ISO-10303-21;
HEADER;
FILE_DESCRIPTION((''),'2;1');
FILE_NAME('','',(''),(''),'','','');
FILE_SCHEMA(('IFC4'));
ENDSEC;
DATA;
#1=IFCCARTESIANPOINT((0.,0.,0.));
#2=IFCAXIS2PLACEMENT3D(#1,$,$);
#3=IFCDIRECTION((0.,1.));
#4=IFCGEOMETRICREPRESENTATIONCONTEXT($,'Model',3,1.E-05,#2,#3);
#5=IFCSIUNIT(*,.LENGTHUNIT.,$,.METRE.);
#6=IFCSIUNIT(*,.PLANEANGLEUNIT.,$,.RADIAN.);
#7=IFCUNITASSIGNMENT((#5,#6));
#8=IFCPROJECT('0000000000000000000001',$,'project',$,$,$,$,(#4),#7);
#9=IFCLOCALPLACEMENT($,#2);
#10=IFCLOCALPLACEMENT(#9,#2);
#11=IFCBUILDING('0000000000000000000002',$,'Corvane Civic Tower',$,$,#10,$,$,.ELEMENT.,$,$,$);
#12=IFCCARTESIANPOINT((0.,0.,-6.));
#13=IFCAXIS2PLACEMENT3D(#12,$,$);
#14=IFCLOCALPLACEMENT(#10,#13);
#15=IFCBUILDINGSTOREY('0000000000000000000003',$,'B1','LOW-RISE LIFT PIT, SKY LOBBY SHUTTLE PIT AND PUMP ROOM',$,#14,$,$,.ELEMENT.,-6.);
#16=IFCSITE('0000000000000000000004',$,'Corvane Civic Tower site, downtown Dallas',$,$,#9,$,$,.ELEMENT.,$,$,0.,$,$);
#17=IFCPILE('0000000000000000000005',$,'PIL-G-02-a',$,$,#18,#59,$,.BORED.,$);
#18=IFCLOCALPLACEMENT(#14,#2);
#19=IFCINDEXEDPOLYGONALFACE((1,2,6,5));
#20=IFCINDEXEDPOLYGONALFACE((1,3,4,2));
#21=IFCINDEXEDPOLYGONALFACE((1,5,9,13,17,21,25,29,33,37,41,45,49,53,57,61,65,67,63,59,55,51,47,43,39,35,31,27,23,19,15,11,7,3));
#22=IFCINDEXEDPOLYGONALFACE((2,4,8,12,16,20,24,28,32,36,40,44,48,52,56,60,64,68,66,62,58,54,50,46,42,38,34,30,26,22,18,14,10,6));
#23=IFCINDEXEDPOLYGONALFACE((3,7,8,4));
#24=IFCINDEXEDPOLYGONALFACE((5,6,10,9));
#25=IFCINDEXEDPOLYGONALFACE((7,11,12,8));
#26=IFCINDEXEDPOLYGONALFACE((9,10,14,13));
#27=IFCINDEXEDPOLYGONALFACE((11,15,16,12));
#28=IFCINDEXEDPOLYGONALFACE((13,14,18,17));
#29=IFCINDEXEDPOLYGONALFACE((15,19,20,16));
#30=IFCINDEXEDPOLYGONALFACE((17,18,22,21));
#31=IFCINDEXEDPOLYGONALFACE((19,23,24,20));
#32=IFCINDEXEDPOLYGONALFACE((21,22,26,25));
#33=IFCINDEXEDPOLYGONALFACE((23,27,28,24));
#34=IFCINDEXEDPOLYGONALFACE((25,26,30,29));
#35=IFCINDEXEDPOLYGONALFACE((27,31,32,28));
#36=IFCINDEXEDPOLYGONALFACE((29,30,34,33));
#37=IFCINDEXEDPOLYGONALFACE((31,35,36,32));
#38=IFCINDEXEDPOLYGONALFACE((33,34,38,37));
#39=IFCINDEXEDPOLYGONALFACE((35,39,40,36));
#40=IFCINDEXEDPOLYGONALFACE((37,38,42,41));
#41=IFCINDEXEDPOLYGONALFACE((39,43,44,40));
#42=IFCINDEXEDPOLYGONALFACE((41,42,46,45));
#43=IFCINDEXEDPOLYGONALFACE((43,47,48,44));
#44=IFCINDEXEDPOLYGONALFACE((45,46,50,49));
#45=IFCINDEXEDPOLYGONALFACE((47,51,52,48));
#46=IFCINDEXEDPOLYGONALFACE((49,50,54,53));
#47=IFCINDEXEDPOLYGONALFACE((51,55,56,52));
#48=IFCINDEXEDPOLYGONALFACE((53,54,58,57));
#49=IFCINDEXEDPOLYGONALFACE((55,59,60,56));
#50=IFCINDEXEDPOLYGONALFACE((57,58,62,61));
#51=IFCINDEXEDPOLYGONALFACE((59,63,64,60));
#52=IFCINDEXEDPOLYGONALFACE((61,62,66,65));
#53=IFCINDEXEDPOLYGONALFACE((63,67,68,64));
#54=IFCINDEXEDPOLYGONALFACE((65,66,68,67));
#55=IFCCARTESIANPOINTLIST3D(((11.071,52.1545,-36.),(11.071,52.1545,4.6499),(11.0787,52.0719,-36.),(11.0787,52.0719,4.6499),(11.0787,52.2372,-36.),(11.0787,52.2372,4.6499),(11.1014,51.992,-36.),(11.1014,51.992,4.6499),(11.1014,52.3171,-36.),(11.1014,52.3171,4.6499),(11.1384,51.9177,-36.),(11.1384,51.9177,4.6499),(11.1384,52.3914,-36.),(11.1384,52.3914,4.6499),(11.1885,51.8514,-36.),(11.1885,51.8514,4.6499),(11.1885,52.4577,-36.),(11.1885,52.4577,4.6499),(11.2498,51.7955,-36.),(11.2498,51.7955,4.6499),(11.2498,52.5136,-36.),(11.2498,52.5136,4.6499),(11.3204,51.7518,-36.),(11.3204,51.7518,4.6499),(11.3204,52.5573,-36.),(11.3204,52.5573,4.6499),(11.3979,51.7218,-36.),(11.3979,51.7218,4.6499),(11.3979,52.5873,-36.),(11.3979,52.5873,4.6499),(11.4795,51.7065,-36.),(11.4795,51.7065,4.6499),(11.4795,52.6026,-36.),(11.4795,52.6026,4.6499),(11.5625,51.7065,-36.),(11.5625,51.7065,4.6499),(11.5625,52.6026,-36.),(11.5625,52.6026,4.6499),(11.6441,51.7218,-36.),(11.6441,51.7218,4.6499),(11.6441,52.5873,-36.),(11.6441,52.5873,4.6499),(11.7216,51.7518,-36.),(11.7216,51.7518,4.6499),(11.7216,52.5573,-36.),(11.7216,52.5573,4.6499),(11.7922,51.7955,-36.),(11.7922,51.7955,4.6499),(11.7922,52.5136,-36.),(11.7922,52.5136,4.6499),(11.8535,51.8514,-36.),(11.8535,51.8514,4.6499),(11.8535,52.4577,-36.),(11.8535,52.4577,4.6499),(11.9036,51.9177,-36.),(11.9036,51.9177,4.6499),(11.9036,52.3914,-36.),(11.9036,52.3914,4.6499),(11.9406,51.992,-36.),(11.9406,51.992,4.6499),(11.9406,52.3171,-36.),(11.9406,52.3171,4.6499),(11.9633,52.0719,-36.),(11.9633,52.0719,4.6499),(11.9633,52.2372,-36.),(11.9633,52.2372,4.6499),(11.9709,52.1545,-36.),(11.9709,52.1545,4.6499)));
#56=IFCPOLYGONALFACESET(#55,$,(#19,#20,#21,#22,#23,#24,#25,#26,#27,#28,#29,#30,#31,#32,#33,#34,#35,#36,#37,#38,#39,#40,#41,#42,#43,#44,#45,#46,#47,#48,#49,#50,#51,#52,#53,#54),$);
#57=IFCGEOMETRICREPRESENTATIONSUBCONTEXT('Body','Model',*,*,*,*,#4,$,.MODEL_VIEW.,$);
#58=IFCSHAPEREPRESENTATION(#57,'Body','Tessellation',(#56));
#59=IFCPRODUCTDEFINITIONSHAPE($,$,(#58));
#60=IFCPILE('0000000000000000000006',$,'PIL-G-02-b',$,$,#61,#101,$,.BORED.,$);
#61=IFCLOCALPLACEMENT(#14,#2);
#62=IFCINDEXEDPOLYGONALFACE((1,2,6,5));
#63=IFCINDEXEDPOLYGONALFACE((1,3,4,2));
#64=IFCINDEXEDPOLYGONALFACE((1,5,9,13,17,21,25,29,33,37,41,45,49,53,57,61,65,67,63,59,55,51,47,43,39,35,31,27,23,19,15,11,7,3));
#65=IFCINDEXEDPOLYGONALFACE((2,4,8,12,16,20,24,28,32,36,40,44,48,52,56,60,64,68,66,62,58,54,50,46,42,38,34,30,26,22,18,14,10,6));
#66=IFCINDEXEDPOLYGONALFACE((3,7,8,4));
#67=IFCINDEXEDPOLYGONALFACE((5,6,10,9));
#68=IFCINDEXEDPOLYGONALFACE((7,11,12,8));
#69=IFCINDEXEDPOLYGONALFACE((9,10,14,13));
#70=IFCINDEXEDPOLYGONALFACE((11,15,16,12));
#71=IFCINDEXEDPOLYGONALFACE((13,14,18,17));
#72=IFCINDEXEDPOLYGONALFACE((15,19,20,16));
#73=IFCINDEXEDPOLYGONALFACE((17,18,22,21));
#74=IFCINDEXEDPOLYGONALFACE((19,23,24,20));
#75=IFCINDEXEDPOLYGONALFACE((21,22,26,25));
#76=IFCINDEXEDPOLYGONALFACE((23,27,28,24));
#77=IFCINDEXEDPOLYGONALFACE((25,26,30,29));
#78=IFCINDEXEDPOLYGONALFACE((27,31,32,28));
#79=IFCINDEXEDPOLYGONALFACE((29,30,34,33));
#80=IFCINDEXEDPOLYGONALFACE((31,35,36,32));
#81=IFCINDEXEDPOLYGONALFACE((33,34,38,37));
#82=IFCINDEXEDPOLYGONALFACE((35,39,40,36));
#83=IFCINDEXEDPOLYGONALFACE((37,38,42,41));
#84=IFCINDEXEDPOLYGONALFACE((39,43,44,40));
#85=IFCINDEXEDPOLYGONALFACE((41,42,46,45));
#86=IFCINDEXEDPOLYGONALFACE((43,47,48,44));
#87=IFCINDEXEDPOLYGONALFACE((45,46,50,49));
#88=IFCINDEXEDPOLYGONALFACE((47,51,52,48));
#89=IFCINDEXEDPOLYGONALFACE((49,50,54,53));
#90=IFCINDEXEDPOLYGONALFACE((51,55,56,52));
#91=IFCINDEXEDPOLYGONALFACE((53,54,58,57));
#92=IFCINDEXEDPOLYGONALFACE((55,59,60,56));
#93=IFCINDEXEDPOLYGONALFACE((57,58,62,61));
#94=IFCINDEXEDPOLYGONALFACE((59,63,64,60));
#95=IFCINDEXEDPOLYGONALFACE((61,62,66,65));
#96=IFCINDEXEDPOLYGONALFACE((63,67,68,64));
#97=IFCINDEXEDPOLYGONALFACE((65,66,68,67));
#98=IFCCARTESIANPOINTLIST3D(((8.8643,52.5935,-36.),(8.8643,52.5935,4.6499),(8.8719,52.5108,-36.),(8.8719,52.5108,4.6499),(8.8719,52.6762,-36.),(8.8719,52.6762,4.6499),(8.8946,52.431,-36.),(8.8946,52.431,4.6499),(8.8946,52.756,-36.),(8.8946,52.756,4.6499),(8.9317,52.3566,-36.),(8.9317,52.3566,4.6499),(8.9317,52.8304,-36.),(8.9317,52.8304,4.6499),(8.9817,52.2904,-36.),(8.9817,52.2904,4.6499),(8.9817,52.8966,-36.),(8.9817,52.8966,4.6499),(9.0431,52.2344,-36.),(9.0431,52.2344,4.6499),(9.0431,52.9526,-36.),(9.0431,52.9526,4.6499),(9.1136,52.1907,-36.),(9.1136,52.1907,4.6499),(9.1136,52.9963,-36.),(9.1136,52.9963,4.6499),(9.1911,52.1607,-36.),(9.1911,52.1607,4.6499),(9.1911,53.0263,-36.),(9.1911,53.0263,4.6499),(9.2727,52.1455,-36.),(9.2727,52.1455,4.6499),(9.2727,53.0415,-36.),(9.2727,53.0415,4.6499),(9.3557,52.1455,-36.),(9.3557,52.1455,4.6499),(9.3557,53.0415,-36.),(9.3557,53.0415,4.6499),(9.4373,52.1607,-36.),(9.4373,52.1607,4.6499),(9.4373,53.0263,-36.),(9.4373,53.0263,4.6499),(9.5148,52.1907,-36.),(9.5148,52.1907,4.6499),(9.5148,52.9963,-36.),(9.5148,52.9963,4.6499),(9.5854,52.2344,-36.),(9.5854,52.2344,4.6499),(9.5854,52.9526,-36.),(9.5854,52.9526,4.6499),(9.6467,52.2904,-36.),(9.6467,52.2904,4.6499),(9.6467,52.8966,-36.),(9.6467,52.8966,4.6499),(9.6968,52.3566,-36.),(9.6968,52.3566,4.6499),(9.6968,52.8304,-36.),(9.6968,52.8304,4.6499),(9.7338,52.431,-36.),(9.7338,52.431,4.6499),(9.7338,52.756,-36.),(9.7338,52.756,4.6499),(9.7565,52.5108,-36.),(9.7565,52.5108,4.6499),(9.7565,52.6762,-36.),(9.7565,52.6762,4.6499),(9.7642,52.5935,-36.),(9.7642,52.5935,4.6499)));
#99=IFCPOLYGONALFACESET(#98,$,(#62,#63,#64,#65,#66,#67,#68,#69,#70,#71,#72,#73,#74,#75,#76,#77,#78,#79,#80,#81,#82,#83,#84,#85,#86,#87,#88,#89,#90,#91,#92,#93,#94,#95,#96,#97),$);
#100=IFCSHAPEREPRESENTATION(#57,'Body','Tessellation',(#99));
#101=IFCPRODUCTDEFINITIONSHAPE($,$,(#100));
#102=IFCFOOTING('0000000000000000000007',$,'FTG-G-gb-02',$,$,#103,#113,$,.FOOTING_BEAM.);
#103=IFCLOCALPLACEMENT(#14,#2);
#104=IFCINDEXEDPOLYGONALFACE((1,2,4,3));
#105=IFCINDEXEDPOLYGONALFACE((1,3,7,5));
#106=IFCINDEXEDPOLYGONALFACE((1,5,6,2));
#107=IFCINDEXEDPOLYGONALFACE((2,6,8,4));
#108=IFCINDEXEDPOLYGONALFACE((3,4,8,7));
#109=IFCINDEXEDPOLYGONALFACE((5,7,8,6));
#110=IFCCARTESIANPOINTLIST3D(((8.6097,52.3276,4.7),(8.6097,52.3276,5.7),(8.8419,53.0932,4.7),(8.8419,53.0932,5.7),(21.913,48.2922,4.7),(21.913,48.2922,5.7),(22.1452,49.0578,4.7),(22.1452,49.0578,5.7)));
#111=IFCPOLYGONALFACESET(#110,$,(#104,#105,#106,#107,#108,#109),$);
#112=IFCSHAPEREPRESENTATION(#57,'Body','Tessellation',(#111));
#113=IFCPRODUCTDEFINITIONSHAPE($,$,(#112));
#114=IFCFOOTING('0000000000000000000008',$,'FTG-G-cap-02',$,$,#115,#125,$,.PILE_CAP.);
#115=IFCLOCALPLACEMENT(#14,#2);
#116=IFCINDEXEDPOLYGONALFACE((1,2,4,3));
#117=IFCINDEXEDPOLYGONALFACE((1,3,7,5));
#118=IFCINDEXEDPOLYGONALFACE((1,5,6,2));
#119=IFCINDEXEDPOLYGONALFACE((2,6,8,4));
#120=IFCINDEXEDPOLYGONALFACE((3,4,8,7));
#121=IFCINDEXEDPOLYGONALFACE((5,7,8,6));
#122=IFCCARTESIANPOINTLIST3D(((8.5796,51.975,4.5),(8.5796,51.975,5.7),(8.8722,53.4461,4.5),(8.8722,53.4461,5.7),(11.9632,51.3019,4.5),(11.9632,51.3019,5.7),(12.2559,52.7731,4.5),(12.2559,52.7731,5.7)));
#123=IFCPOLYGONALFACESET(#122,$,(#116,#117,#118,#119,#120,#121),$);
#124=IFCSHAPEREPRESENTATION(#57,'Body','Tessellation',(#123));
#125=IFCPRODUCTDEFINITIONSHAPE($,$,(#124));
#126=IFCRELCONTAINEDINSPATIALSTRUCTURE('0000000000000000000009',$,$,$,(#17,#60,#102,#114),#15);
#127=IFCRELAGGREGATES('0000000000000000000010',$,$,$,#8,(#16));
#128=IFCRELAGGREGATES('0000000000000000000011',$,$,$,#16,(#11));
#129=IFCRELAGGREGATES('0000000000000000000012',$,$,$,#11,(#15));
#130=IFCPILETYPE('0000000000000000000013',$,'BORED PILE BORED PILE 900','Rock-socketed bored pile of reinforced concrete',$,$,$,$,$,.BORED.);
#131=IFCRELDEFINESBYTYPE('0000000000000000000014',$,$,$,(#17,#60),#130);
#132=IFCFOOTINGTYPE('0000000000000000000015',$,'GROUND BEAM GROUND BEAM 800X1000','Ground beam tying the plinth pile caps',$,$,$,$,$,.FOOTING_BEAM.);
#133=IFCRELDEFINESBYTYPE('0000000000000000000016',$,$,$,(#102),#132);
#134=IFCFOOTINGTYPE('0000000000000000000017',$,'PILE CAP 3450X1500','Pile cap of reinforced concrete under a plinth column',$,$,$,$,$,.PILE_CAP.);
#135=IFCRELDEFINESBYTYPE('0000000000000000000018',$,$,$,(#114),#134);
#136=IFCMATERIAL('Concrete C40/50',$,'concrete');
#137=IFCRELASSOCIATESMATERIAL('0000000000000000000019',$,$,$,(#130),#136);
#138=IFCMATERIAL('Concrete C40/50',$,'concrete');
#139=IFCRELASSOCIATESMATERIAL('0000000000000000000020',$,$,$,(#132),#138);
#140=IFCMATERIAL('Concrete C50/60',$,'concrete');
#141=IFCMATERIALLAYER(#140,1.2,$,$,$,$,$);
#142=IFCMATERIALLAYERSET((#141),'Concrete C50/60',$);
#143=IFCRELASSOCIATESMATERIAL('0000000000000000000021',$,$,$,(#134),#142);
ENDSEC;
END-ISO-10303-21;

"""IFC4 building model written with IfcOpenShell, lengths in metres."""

from ifc_helpers import new_model, si_unit, direction, frame, origin, origin_2d, place, context, subcontext, project, spatial, rectangle, circle, extrude, material, layer, layer_set, material_profile, profile_set, type_object, element, save


model = new_model("IFC4")

# Units and contexts
model_context = context("Model", 3, precision=1e-05, world=origin(), true_north=direction((0.0, 1.0)))
body_context = subcontext(model_context, "Body", "Model", "MODEL_VIEW")
ifc_project = project(units=[si_unit("LENGTHUNIT", "METRE"), si_unit("PLANEANGLEUNIT", "RADIAN")], contexts=[model_context])

# Site, building, storey
site_placement = place(None, origin())
site = spatial("IfcSite", under=ifc_project, at=site_placement, Name="Corvane Civic Tower site, downtown Dallas", CompositionType="ELEMENT", RefElevation=0.0)
building_placement = place(site_placement, origin())
building = spatial("IfcBuilding", under=site, at=building_placement, Name="Corvane Civic Tower", CompositionType="ELEMENT")
storey_placement = place(building_placement, frame((0.0, 0.0, -6.0)))
storey = spatial("IfcBuildingStorey", under=building, at=storey_placement, Name="B1", Description="LOW-RISE LIFT PIT, SKY LOBBY SHUTTLE PIT AND PUMP ROOM", CompositionType="ELEMENT", Elevation=-6.0)

# Piles
ifc_material_1 = material(Name="Concrete C40/50", Category="concrete")
ifc_material_profile_1 = material_profile(ifc_material_1, circle(Radius=0.45, at=origin_2d()), Name="BORED PILE 900")
ifc_profile_set_1 = profile_set([ifc_material_profile_1], Name="Concrete C40/50")
pile_type_1 = type_object("IfcPileType", Name="BORED PILE BORED PILE 900", Description="Rock-socketed bored pile of reinforced concrete", PredefinedType="BORED", material=ifc_profile_set_1)
for number, where, z_axis, x_axis, name in (
    (1, (11.521, 52.1545, 4.6499), (0.0, 0.0, -1.0), (1.0, 0.0, 0.0), "PIL-G-02-a"),
    (2, (9.3142, 52.5935, 4.6499), (0.0, 0.0, -1.0), (1.0, 0.0, 0.0), "PIL-G-02-b"),
):
    element("IfcPile", number, at=place(storey_placement, frame(where, z_axis=z_axis, x_axis=x_axis)), inside=storey, type_object=pile_type_1, Name=name, PredefinedType="BORED", context=body_context, shape_type="SweptSolid", body=[
        extrude(circle(Radius=0.45, at=origin_2d()), origin(), (0.0, 0.0, 1.0), 40.6499),
    ])

# Footings
ifc_material_2 = material(Name="Concrete C40/50", Category="concrete")
ifc_material_profile_2 = material_profile(ifc_material_2, rectangle(XDim=0.8, YDim=1.0, at=origin_2d()), Name="GROUND BEAM 800X1000")
ifc_profile_set_2 = profile_set([ifc_material_profile_2], Name="Concrete C40/50")
footing_type_1 = type_object("IfcFootingType", Name="GROUND BEAM GROUND BEAM 800X1000", Description="Ground beam tying the plinth pile caps", PredefinedType="FOOTING_BEAM", material=ifc_profile_set_2)
footing_1_placement = place(storey_placement, frame((8.7258, 52.7104, 5.2), z_axis=(0.956942, -0.290279, 0.0), x_axis=(0.290279, 0.956942, 0.0)))
element("IfcFooting", 3, at=footing_1_placement, inside=storey, type_object=footing_type_1, Name="FTG-G-gb-02", PredefinedType="FOOTING_BEAM", context=body_context, shape_type="SweptSolid", body=[
    extrude(rectangle(XDim=0.8, YDim=1.0, at=origin_2d()), origin(), (0.0, 0.0, 1.0), 13.9019),
])
ifc_material_3 = material(Name="Concrete C50/60", Category="concrete")
ifc_layer = layer(ifc_material_3, 1.2)
ifc_layer_set = layer_set([ifc_layer], Name="Concrete C50/60")
footing_type_2 = type_object("IfcFootingType", Name="PILE CAP 3450X1500", Description="Pile cap of reinforced concrete under a plinth column", PredefinedType="PILE_CAP", material=ifc_layer_set)
footing_2_placement = place(storey_placement, frame((10.4177, 52.374, 4.5), z_axis=(0.0, 0.0, 1.0), x_axis=(-0.980785, 0.19509, 0.0)))
element("IfcFooting", 4, at=footing_2_placement, inside=storey, type_object=footing_type_2, Name="FTG-G-cap-02", PredefinedType="PILE_CAP", context=body_context, shape_type="SweptSolid", body=[
    extrude(rectangle(XDim=3.45, YDim=1.5, at=origin_2d()), origin(), (0.0, 0.0, 1.0), 1.2),
])

save(model, "model.ifc")
